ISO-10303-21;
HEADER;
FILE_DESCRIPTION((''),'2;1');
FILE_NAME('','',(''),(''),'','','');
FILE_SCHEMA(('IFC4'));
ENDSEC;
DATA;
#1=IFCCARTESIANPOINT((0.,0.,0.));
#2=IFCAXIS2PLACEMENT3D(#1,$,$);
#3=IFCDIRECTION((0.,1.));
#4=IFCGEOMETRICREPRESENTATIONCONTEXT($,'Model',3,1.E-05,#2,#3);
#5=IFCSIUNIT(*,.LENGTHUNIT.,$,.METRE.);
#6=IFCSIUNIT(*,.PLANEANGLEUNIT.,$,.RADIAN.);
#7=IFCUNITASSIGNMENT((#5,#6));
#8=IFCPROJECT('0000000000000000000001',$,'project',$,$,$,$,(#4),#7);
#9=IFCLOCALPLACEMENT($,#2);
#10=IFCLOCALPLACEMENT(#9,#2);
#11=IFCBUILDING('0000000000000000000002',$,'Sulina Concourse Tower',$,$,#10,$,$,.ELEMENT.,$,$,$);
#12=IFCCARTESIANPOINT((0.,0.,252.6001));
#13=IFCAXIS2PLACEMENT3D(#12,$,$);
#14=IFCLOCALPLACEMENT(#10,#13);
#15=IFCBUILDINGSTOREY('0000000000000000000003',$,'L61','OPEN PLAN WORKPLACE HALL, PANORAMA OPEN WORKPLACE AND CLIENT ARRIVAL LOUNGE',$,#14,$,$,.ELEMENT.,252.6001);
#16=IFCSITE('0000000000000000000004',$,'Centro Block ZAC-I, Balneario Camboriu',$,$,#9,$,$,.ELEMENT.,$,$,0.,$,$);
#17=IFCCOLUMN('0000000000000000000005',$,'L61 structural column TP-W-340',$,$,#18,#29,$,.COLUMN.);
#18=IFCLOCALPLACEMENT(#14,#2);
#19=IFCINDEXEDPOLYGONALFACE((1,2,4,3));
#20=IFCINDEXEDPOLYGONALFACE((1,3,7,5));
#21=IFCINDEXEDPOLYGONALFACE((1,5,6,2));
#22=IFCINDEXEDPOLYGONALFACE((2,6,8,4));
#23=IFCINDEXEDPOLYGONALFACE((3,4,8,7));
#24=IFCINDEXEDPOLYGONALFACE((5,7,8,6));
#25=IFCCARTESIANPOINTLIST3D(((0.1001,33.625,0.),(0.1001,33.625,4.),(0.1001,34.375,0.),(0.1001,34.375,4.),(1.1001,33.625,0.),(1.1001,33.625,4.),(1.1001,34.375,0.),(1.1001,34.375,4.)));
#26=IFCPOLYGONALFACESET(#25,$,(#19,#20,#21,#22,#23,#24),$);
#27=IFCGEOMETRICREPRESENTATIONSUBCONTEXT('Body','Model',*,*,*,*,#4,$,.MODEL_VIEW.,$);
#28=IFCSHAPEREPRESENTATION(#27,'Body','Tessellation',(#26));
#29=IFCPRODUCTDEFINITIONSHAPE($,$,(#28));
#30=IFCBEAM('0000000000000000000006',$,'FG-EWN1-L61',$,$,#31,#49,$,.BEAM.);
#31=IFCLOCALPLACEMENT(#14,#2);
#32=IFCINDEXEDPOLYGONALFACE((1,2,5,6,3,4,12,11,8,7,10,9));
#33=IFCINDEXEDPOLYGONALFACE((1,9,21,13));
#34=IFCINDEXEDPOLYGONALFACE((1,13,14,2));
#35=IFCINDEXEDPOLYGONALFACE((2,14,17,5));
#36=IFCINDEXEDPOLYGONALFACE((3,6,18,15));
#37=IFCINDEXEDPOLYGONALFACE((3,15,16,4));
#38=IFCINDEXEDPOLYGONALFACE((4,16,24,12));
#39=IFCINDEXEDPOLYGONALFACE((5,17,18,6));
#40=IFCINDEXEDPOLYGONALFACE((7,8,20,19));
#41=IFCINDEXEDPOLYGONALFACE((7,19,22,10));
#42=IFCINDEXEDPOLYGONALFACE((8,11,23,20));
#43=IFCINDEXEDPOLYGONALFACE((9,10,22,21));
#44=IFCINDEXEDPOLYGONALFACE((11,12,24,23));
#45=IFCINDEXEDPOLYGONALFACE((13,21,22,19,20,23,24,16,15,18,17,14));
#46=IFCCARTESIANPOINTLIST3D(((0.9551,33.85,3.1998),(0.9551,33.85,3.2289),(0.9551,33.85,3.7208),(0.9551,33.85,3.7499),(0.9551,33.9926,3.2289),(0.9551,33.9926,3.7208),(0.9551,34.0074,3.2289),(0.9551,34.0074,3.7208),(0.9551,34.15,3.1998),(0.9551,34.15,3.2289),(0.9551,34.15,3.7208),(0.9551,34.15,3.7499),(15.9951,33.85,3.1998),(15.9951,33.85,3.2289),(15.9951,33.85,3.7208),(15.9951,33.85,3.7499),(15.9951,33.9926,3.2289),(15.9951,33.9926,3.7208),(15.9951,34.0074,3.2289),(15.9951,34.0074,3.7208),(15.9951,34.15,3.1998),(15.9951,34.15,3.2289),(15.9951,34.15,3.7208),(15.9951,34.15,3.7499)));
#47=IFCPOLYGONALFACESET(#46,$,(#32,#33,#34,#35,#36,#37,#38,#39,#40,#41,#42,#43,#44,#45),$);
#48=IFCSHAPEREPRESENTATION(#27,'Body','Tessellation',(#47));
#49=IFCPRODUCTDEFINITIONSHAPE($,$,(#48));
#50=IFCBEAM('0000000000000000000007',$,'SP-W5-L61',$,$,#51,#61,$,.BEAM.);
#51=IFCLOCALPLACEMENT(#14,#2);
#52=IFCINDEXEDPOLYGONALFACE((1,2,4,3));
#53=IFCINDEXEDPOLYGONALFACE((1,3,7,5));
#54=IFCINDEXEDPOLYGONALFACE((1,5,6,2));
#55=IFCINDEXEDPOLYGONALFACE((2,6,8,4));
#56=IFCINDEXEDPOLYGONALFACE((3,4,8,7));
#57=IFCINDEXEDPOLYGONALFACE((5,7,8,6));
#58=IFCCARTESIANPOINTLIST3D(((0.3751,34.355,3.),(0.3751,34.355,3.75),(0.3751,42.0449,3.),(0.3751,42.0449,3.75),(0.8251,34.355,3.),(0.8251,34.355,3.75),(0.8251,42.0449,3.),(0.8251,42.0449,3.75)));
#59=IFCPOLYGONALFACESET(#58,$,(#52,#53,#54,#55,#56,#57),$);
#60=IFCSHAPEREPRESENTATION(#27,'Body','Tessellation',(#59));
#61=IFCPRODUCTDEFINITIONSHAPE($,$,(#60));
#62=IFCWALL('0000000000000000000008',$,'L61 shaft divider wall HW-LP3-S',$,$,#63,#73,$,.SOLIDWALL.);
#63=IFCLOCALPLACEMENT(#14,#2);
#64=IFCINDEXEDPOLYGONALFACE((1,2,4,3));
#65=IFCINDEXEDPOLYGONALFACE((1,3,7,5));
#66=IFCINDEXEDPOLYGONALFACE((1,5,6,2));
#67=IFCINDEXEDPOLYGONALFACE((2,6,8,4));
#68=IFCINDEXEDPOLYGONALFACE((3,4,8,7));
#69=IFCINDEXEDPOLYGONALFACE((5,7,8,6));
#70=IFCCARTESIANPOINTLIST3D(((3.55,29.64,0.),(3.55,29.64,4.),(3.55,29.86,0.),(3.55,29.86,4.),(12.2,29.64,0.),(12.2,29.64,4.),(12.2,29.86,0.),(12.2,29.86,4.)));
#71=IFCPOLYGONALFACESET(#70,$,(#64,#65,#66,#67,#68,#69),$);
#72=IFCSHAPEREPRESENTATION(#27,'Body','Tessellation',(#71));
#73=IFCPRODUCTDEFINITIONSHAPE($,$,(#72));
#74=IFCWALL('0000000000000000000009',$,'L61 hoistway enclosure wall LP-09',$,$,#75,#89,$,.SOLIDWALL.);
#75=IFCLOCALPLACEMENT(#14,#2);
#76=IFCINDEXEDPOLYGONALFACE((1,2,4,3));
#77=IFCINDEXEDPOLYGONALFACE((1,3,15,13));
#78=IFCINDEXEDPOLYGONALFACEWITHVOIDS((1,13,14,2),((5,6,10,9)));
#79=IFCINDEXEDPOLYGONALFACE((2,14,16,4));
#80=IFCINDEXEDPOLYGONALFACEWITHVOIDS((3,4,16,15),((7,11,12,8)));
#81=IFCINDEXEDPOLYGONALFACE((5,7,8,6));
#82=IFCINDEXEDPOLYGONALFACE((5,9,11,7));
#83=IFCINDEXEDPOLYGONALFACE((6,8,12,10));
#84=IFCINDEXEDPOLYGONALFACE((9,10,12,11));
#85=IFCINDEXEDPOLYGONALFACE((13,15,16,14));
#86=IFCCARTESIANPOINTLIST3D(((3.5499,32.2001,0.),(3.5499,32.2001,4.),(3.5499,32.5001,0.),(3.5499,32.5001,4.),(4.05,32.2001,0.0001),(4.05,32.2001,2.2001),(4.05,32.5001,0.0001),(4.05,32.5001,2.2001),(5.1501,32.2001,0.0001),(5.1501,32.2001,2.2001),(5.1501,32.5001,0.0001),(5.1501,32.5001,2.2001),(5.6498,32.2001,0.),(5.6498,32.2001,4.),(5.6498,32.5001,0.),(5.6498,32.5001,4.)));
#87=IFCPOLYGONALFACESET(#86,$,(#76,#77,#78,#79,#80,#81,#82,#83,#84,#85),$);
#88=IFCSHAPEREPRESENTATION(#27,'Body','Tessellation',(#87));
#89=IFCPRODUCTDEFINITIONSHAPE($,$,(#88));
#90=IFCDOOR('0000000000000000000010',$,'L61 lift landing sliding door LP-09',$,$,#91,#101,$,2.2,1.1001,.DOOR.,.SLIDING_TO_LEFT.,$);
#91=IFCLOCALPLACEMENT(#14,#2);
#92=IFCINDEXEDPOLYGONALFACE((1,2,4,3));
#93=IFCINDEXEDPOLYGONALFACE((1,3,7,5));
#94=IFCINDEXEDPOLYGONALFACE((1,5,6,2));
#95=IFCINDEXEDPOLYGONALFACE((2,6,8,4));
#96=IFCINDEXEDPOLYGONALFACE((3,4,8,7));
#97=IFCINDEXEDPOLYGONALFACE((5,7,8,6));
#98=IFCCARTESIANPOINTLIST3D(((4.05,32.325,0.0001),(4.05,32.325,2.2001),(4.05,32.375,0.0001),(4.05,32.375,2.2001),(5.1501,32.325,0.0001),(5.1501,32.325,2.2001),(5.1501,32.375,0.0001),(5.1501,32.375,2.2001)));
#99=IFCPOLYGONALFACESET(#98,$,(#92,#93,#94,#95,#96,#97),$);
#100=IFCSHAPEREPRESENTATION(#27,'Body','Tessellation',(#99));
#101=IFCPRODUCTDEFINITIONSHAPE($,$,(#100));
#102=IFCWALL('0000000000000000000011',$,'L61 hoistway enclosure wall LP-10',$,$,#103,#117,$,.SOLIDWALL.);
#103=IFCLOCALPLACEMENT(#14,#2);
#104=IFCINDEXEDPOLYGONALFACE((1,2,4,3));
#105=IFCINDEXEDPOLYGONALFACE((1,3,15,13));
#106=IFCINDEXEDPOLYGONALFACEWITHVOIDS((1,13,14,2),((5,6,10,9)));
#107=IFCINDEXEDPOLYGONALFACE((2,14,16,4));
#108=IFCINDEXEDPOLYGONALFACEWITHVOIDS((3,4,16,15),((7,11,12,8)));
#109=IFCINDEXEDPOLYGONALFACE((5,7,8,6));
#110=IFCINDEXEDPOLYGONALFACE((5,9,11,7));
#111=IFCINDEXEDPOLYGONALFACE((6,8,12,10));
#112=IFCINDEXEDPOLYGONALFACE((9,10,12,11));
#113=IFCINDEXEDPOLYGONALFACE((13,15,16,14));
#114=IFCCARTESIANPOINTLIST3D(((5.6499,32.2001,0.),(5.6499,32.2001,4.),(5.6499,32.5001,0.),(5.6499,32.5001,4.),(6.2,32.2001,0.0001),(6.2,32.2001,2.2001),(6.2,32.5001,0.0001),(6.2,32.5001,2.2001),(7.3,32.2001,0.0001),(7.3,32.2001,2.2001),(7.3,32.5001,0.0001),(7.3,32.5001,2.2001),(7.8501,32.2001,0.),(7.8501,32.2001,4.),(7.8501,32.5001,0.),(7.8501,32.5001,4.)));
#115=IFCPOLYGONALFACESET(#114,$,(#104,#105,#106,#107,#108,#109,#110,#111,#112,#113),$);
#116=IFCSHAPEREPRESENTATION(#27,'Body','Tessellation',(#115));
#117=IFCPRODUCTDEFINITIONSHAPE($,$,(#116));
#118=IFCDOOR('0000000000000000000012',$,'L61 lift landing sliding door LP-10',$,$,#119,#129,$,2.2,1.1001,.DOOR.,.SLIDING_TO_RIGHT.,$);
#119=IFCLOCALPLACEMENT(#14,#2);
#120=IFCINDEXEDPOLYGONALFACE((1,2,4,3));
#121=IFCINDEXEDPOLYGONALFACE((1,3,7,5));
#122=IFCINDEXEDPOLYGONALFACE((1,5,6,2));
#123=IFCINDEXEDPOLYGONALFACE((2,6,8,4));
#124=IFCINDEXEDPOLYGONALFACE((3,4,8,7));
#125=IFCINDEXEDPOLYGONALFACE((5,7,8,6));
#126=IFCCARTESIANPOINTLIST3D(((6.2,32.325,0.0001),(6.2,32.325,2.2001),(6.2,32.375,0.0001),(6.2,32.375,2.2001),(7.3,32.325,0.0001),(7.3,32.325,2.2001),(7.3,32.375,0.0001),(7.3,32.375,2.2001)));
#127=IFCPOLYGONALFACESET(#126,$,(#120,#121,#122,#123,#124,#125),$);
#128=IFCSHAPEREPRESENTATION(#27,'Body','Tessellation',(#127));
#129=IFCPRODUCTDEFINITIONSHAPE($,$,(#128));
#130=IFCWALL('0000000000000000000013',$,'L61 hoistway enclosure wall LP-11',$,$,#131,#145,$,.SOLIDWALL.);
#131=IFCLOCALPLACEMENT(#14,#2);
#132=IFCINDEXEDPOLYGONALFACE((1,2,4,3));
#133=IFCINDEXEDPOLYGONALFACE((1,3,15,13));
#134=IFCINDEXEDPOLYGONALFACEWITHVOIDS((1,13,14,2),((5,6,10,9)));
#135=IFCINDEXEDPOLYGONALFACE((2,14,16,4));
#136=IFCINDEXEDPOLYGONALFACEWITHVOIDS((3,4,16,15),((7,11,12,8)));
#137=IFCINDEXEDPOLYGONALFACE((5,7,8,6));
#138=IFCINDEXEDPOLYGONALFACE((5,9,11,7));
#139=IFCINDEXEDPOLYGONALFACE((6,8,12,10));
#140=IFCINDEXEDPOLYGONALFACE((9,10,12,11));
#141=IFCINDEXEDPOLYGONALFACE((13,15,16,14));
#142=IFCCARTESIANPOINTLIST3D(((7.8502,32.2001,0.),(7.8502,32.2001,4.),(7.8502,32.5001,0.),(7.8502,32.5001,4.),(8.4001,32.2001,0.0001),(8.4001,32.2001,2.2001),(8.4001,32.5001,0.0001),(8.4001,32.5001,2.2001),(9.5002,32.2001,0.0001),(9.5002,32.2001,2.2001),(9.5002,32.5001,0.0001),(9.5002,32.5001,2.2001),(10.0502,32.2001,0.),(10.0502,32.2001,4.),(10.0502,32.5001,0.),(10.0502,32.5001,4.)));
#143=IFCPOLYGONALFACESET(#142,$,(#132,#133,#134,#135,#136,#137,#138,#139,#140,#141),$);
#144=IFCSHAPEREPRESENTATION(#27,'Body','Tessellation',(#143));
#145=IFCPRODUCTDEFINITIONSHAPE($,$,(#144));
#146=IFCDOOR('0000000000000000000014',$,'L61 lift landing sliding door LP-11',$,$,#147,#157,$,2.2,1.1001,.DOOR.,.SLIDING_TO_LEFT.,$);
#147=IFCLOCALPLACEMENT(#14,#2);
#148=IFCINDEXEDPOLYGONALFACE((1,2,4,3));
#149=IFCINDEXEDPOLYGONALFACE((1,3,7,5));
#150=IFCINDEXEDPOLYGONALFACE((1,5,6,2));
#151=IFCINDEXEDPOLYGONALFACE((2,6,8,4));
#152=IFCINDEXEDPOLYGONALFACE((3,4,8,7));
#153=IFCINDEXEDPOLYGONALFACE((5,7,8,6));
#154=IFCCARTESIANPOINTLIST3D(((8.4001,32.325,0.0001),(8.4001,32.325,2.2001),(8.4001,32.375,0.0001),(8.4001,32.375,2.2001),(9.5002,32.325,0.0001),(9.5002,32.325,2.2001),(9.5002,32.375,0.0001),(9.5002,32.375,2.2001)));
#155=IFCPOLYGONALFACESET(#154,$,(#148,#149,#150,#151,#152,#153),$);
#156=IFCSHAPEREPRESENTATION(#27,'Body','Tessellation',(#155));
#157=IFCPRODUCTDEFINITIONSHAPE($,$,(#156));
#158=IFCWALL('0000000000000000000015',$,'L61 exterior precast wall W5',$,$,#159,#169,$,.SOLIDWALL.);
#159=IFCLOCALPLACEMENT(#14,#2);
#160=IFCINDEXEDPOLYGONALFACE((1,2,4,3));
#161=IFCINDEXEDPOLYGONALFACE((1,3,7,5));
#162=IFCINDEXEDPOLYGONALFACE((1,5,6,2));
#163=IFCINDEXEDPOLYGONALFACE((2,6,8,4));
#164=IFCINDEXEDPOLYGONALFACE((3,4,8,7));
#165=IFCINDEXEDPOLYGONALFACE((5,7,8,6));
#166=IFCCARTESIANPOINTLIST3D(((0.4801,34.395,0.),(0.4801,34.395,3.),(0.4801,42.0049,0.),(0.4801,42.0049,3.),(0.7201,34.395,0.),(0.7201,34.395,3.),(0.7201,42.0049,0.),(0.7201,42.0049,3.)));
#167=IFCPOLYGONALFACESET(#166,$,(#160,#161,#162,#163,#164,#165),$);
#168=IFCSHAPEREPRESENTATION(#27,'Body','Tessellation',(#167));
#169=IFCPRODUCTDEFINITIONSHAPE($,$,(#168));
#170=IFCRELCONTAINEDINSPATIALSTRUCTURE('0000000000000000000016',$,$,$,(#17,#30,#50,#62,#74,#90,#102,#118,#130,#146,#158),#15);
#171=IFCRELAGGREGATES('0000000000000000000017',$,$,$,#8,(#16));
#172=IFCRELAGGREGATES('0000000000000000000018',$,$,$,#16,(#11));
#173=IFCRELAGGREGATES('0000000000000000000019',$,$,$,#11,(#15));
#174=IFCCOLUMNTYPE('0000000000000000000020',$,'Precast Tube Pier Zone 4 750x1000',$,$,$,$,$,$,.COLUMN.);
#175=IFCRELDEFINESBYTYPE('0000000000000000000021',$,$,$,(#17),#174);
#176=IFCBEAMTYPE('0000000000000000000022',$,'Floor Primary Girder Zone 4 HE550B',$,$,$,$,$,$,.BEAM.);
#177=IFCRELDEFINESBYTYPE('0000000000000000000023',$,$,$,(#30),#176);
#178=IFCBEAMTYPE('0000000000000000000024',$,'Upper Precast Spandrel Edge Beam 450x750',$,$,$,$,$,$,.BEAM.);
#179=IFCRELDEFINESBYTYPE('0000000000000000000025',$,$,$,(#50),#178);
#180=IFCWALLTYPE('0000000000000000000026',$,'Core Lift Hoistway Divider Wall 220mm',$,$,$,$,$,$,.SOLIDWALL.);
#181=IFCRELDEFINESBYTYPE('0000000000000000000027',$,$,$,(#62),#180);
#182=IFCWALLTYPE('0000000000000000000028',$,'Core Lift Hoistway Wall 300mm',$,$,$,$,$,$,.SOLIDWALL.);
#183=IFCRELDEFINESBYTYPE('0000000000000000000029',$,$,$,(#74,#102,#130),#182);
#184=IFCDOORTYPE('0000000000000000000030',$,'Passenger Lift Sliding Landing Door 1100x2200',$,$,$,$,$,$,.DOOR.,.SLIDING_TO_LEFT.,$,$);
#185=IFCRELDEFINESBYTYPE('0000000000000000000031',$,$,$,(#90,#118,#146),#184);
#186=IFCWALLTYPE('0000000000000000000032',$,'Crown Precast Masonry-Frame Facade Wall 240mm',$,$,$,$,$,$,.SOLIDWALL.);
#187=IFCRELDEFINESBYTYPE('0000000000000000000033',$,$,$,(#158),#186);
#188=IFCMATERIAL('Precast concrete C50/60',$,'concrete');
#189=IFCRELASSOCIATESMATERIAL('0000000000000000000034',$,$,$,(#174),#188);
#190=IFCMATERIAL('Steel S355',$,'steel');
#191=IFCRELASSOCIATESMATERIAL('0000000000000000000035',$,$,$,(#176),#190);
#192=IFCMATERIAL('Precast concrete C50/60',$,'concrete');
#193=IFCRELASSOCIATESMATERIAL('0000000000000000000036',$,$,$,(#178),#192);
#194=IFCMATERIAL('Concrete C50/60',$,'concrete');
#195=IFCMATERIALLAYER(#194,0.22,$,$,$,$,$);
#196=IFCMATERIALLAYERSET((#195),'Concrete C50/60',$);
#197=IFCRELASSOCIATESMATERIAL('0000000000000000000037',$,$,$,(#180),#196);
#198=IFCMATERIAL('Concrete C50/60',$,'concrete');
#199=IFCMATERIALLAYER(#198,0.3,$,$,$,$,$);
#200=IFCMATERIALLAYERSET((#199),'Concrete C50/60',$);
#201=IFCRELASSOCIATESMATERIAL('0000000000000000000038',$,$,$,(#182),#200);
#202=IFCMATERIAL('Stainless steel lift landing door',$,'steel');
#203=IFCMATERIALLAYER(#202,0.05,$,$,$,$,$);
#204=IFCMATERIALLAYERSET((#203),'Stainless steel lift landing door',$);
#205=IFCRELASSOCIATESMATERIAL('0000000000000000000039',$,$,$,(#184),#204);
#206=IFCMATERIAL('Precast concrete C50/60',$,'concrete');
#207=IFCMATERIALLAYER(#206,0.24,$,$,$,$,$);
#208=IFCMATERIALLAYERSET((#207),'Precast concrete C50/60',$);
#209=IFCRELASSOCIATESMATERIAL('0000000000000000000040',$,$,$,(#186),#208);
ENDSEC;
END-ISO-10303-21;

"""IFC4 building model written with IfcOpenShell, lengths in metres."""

from ifc_helpers import new_model, si_unit, direction, frame, frame_2d, origin, origin_2d, place, context, subcontext, project, spatial, rectangle, i_section, extrude, material, layer, layer_set, material_profile, profile_set, type_object, element, fill, save


model = new_model("IFC4")

# Units and contexts
model_context = context("Model", 3, precision=1e-05, world=origin(), true_north=direction((0.0, 1.0)))
body_context = subcontext(model_context, "Body", "Model", "MODEL_VIEW")
ifc_project = project(units=[si_unit("LENGTHUNIT", "METRE"), si_unit("PLANEANGLEUNIT", "RADIAN")], contexts=[model_context])

# Site, building, storey
site_placement = place(None, origin())
site = spatial("IfcSite", under=ifc_project, at=site_placement, Name="Centro Block ZAC-I, Balneario Camboriu", CompositionType="ELEMENT", RefElevation=0.0)
building_placement = place(site_placement, origin())
building = spatial("IfcBuilding", under=site, at=building_placement, Name="Sulina Concourse Tower", CompositionType="ELEMENT")
storey_placement = place(building_placement, frame((0.0, 0.0, 252.6001)))
storey = spatial("IfcBuildingStorey", under=building, at=storey_placement, Name="L61", Description="OPEN PLAN WORKPLACE HALL, PANORAMA OPEN WORKPLACE AND CLIENT ARRIVAL LOUNGE", CompositionType="ELEMENT", Elevation=252.6001)

# Column
ifc_material_1 = material(Name="Precast concrete C50/60", Category="concrete")
ifc_material_profile_1 = material_profile(ifc_material_1, rectangle(XDim=0.75, YDim=1.0, at=origin_2d()), Name="PC 750x1000")
ifc_profile_set_1 = profile_set([ifc_material_profile_1], Name="Precast concrete C50/60")
column_type = type_object("IfcColumnType", Name="Precast Tube Pier Zone 4 750x1000", PredefinedType="COLUMN", material=ifc_profile_set_1)
column_placement = place(storey_placement, frame((0.6001, 34.0, 0.0), z_axis=(0.0, 0.0, 1.0), x_axis=(0.0, 1.0, 0.0)))
element("IfcColumn", 1, at=column_placement, inside=storey, type_object=column_type, Name="L61 structural column TP-W-340", PredefinedType="COLUMN", context=body_context, shape_type="SweptSolid", body=[
    extrude(rectangle(XDim=0.75, YDim=1.0, at=origin_2d()), origin(), (0.0, 0.0, 1.0), 4.0),
])

# Beams
ifc_material_2 = material(Name="Steel S355", Category="steel")
ifc_material_profile_2 = material_profile(ifc_material_2, i_section(OverallWidth=0.3, OverallDepth=0.55, WebThickness=0.0149, FlangeThickness=0.0291, at=origin_2d()), Name="HE 550 B")
ifc_profile_set_2 = profile_set([ifc_material_profile_2], Name="Steel S355")
beam_type_1 = type_object("IfcBeamType", Name="Floor Primary Girder Zone 4 HE550B", PredefinedType="BEAM", material=ifc_profile_set_2)
beam_1_placement = place(storey_placement, frame((0.9551, 34.0, 3.4749), z_axis=(1.0, 0.0, 0.0), x_axis=(0.0, 1.0, 0.0)))
element("IfcBeam", 2, at=beam_1_placement, inside=storey, type_object=beam_type_1, Name="FG-EWN1-L61", PredefinedType="BEAM", context=body_context, shape_type="SweptSolid", body=[
    extrude(i_section(OverallWidth=0.3, OverallDepth=0.55, WebThickness=0.0149, FlangeThickness=0.0291, at=origin_2d()), origin(), (0.0, 0.0, 1.0), 15.04),
])
ifc_material_3 = material(Name="Precast concrete C50/60", Category="concrete")
ifc_material_profile_3 = material_profile(ifc_material_3, rectangle(XDim=0.45, YDim=0.75, at=origin_2d()), Name="RC 450x750")
ifc_profile_set_3 = profile_set([ifc_material_profile_3], Name="Precast concrete C50/60")
beam_type_2 = type_object("IfcBeamType", Name="Upper Precast Spandrel Edge Beam 450x750", PredefinedType="BEAM", material=ifc_profile_set_3)
beam_2_placement = place(storey_placement, frame((0.6001, 34.355, 3.375), z_axis=(0.0, 1.0, 0.0), x_axis=(-1.0, 0.0, 0.0)))
element("IfcBeam", 3, at=beam_2_placement, inside=storey, type_object=beam_type_2, Name="SP-W5-L61", PredefinedType="BEAM", context=body_context, shape_type="SweptSolid", body=[
    extrude(rectangle(XDim=0.45, YDim=0.75, at=origin_2d()), origin(), (0.0, 0.0, 1.0), 7.6899),
])

# Wall
ifc_material_4 = material(Name="Concrete C50/60", Category="concrete")
ifc_layer_1 = layer(ifc_material_4, 0.22)
ifc_layer_set_1 = layer_set([ifc_layer_1], Name="Concrete C50/60")
wall_type_1 = type_object("IfcWallType", Name="Core Lift Hoistway Divider Wall 220mm", PredefinedType="SOLIDWALL", material=ifc_layer_set_1)
wall_1_placement = place(storey_placement, frame((3.55, 29.75, 0.0), z_axis=(0.0, 0.0, 1.0), x_axis=(1.0, 0.0, 0.0)))
element("IfcWall", 4, at=wall_1_placement, inside=storey, type_object=wall_type_1, Name="L61 shaft divider wall HW-LP3-S", PredefinedType="SOLIDWALL", context=body_context, shape_type="SweptSolid", body=[
    extrude(rectangle(XDim=8.6499, YDim=0.22, at=frame_2d((4.325, 0.0))), origin(), (0.0, 0.0, 1.0), 4.0),
])

# Walls, openings, doors
ifc_material_5 = material(Name="Concrete C50/60", Category="concrete")
ifc_layer_2 = layer(ifc_material_5, 0.3)
ifc_layer_set_2 = layer_set([ifc_layer_2], Name="Concrete C50/60")
wall_type_2 = type_object("IfcWallType", Name="Core Lift Hoistway Wall 300mm", PredefinedType="SOLIDWALL", material=ifc_layer_set_2)
wall_2_placement = place(storey_placement, frame((3.55, 32.3501, 0.0), z_axis=(0.0, 0.0, 1.0), x_axis=(1.0, 0.0, 0.0)))
wall_2 = element("IfcWall", 5, at=wall_2_placement, inside=storey, type_object=wall_type_2, Name="L61 hoistway enclosure wall LP-09", PredefinedType="SOLIDWALL", context=body_context, shape_type="SweptSolid", body=[
    extrude(rectangle(XDim=2.0999, YDim=0.3, at=frame_2d((1.0498, 0.0))), origin(), (0.0, 0.0, 1.0), 4.0),
])
opening_1_placement = place(wall_2_placement, frame((0.5, 0.0, 0.0)))
opening_1 = element("IfcOpeningElement", 6, at=opening_1_placement, cuts=wall_2, PredefinedType="OPENING", context=body_context, shape_type="SweptSolid", body=[
    extrude(rectangle(XDim=1.1001, YDim=2.2, at=frame_2d((0.55, 1.1001))), frame((0.0, 0.1599, 0.0), z_axis=(0.0, -1.0, 0.0), x_axis=(1.0, 0.0, 0.0)), (0.0, 0.0, 1.0), 0.3201),
])
ifc_material_6 = material(Name="Stainless steel lift landing door", Category="steel")
ifc_layer_3 = layer(ifc_material_6, 0.05)
ifc_layer_set_3 = layer_set([ifc_layer_3], Name="Stainless steel lift landing door")
door_type_1 = type_object("IfcDoorType", Name="Passenger Lift Sliding Landing Door 1100x2200", OperationType="SLIDING_TO_LEFT", PredefinedType="DOOR", material=ifc_layer_set_3)
door_1_placement = place(opening_1_placement, origin())
door_1 = element("IfcDoor", 7, at=door_1_placement, inside=storey, type_object=door_type_1, Name="L61 lift landing sliding door LP-09", OperationType="SLIDING_TO_LEFT", OverallHeight=2.2, OverallWidth=1.1001, PredefinedType="DOOR", context=body_context, shape_type="SweptSolid", body=[
    extrude(rectangle(XDim=1.1001, YDim=2.2, at=frame_2d((0.55, 1.1001))), frame((0.0, 0.0249, 0.0), z_axis=(0.0, -1.0, 0.0), x_axis=(1.0, 0.0, 0.0)), (0.0, 0.0, 1.0), 0.05),
])
fill(opening_1, door_1)
wall_3_placement = place(storey_placement, frame((5.6499, 32.3501, 0.0), z_axis=(0.0, 0.0, 1.0), x_axis=(1.0, 0.0, 0.0)))
wall_3 = element("IfcWall", 8, at=wall_3_placement, inside=storey, type_object=wall_type_2, Name="L61 hoistway enclosure wall LP-10", PredefinedType="SOLIDWALL", context=body_context, shape_type="SweptSolid", body=[
    extrude(rectangle(XDim=2.2002, YDim=0.3, at=frame_2d((1.1001, 0.0))), origin(), (0.0, 0.0, 1.0), 4.0),
])
opening_2_placement = place(wall_3_placement, frame((0.55, 0.0, 0.0)))
opening_2 = element("IfcOpeningElement", 9, at=opening_2_placement, cuts=wall_3, PredefinedType="OPENING", context=body_context, shape_type="SweptSolid", body=[
    extrude(rectangle(XDim=1.1001, YDim=2.2, at=frame_2d((0.55, 1.1001))), frame((0.0, 0.1599, 0.0), z_axis=(0.0, -1.0, 0.0), x_axis=(1.0, 0.0, 0.0)), (0.0, 0.0, 1.0), 0.3201),
])
door_2_placement = place(opening_2_placement, origin())
door_2 = element("IfcDoor", 10, at=door_2_placement, inside=storey, type_object=door_type_1, Name="L61 lift landing sliding door LP-10", OperationType="SLIDING_TO_RIGHT", OverallHeight=2.2, OverallWidth=1.1001, PredefinedType="DOOR", context=body_context, shape_type="SweptSolid", body=[
    extrude(rectangle(XDim=1.1001, YDim=2.2, at=frame_2d((0.55, 1.1001))), frame((0.0, 0.0249, 0.0), z_axis=(0.0, -1.0, 0.0), x_axis=(1.0, 0.0, 0.0)), (0.0, 0.0, 1.0), 0.05),
])
fill(opening_2, door_2)
wall_4_placement = place(storey_placement, frame((7.8501, 32.3501, 0.0), z_axis=(0.0, 0.0, 1.0), x_axis=(1.0, 0.0, 0.0)))
wall_4 = element("IfcWall", 11, at=wall_4_placement, inside=storey, type_object=wall_type_2, Name="L61 hoistway enclosure wall LP-11", PredefinedType="SOLIDWALL", context=body_context, shape_type="SweptSolid", body=[
    extrude(rectangle(XDim=2.2, YDim=0.3, at=frame_2d((1.1001, 0.0))), origin(), (0.0, 0.0, 1.0), 4.0),
])
opening_3_placement = place(wall_4_placement, frame((0.55, 0.0, 0.0)))
opening_3 = element("IfcOpeningElement", 12, at=opening_3_placement, cuts=wall_4, PredefinedType="OPENING", context=body_context, shape_type="SweptSolid", body=[
    extrude(rectangle(XDim=1.1001, YDim=2.2, at=frame_2d((0.55, 1.1001))), frame((0.0, 0.1599, 0.0), z_axis=(0.0, -1.0, 0.0), x_axis=(1.0, 0.0, 0.0)), (0.0, 0.0, 1.0), 0.3201),
])
door_3_placement = place(opening_3_placement, origin())
door_3 = element("IfcDoor", 13, at=door_3_placement, inside=storey, type_object=door_type_1, Name="L61 lift landing sliding door LP-11", OperationType="SLIDING_TO_LEFT", OverallHeight=2.2, OverallWidth=1.1001, PredefinedType="DOOR", context=body_context, shape_type="SweptSolid", body=[
    extrude(rectangle(XDim=1.1001, YDim=2.2, at=frame_2d((0.55, 1.1001))), frame((0.0, 0.0249, 0.0), z_axis=(0.0, -1.0, 0.0), x_axis=(1.0, 0.0, 0.0)), (0.0, 0.0, 1.0), 0.05),
])
fill(opening_3, door_3)

# Wall
ifc_material_7 = material(Name="Precast concrete C50/60", Category="concrete")
ifc_layer_4 = layer(ifc_material_7, 0.24)
ifc_layer_set_4 = layer_set([ifc_layer_4], Name="Precast concrete C50/60")
wall_type_3 = type_object("IfcWallType", Name="Crown Precast Masonry-Frame Facade Wall 240mm", PredefinedType="SOLIDWALL", material=ifc_layer_set_4)
wall_5_placement = place(storey_placement, frame((0.6001, 34.395, 0.0), z_axis=(0.0, 0.0, 1.0), x_axis=(0.0, 1.0, 0.0)))
element("IfcWall", 14, at=wall_5_placement, inside=storey, type_object=wall_type_3, Name="L61 exterior precast wall W5", PredefinedType="SOLIDWALL", context=body_context, shape_type="SweptSolid", body=[
    extrude(rectangle(XDim=7.6099, YDim=0.24, at=frame_2d((3.8049, 0.0))), origin(), (0.0, 0.0, 1.0), 3.0),
])

save(model, "model.ifc")
